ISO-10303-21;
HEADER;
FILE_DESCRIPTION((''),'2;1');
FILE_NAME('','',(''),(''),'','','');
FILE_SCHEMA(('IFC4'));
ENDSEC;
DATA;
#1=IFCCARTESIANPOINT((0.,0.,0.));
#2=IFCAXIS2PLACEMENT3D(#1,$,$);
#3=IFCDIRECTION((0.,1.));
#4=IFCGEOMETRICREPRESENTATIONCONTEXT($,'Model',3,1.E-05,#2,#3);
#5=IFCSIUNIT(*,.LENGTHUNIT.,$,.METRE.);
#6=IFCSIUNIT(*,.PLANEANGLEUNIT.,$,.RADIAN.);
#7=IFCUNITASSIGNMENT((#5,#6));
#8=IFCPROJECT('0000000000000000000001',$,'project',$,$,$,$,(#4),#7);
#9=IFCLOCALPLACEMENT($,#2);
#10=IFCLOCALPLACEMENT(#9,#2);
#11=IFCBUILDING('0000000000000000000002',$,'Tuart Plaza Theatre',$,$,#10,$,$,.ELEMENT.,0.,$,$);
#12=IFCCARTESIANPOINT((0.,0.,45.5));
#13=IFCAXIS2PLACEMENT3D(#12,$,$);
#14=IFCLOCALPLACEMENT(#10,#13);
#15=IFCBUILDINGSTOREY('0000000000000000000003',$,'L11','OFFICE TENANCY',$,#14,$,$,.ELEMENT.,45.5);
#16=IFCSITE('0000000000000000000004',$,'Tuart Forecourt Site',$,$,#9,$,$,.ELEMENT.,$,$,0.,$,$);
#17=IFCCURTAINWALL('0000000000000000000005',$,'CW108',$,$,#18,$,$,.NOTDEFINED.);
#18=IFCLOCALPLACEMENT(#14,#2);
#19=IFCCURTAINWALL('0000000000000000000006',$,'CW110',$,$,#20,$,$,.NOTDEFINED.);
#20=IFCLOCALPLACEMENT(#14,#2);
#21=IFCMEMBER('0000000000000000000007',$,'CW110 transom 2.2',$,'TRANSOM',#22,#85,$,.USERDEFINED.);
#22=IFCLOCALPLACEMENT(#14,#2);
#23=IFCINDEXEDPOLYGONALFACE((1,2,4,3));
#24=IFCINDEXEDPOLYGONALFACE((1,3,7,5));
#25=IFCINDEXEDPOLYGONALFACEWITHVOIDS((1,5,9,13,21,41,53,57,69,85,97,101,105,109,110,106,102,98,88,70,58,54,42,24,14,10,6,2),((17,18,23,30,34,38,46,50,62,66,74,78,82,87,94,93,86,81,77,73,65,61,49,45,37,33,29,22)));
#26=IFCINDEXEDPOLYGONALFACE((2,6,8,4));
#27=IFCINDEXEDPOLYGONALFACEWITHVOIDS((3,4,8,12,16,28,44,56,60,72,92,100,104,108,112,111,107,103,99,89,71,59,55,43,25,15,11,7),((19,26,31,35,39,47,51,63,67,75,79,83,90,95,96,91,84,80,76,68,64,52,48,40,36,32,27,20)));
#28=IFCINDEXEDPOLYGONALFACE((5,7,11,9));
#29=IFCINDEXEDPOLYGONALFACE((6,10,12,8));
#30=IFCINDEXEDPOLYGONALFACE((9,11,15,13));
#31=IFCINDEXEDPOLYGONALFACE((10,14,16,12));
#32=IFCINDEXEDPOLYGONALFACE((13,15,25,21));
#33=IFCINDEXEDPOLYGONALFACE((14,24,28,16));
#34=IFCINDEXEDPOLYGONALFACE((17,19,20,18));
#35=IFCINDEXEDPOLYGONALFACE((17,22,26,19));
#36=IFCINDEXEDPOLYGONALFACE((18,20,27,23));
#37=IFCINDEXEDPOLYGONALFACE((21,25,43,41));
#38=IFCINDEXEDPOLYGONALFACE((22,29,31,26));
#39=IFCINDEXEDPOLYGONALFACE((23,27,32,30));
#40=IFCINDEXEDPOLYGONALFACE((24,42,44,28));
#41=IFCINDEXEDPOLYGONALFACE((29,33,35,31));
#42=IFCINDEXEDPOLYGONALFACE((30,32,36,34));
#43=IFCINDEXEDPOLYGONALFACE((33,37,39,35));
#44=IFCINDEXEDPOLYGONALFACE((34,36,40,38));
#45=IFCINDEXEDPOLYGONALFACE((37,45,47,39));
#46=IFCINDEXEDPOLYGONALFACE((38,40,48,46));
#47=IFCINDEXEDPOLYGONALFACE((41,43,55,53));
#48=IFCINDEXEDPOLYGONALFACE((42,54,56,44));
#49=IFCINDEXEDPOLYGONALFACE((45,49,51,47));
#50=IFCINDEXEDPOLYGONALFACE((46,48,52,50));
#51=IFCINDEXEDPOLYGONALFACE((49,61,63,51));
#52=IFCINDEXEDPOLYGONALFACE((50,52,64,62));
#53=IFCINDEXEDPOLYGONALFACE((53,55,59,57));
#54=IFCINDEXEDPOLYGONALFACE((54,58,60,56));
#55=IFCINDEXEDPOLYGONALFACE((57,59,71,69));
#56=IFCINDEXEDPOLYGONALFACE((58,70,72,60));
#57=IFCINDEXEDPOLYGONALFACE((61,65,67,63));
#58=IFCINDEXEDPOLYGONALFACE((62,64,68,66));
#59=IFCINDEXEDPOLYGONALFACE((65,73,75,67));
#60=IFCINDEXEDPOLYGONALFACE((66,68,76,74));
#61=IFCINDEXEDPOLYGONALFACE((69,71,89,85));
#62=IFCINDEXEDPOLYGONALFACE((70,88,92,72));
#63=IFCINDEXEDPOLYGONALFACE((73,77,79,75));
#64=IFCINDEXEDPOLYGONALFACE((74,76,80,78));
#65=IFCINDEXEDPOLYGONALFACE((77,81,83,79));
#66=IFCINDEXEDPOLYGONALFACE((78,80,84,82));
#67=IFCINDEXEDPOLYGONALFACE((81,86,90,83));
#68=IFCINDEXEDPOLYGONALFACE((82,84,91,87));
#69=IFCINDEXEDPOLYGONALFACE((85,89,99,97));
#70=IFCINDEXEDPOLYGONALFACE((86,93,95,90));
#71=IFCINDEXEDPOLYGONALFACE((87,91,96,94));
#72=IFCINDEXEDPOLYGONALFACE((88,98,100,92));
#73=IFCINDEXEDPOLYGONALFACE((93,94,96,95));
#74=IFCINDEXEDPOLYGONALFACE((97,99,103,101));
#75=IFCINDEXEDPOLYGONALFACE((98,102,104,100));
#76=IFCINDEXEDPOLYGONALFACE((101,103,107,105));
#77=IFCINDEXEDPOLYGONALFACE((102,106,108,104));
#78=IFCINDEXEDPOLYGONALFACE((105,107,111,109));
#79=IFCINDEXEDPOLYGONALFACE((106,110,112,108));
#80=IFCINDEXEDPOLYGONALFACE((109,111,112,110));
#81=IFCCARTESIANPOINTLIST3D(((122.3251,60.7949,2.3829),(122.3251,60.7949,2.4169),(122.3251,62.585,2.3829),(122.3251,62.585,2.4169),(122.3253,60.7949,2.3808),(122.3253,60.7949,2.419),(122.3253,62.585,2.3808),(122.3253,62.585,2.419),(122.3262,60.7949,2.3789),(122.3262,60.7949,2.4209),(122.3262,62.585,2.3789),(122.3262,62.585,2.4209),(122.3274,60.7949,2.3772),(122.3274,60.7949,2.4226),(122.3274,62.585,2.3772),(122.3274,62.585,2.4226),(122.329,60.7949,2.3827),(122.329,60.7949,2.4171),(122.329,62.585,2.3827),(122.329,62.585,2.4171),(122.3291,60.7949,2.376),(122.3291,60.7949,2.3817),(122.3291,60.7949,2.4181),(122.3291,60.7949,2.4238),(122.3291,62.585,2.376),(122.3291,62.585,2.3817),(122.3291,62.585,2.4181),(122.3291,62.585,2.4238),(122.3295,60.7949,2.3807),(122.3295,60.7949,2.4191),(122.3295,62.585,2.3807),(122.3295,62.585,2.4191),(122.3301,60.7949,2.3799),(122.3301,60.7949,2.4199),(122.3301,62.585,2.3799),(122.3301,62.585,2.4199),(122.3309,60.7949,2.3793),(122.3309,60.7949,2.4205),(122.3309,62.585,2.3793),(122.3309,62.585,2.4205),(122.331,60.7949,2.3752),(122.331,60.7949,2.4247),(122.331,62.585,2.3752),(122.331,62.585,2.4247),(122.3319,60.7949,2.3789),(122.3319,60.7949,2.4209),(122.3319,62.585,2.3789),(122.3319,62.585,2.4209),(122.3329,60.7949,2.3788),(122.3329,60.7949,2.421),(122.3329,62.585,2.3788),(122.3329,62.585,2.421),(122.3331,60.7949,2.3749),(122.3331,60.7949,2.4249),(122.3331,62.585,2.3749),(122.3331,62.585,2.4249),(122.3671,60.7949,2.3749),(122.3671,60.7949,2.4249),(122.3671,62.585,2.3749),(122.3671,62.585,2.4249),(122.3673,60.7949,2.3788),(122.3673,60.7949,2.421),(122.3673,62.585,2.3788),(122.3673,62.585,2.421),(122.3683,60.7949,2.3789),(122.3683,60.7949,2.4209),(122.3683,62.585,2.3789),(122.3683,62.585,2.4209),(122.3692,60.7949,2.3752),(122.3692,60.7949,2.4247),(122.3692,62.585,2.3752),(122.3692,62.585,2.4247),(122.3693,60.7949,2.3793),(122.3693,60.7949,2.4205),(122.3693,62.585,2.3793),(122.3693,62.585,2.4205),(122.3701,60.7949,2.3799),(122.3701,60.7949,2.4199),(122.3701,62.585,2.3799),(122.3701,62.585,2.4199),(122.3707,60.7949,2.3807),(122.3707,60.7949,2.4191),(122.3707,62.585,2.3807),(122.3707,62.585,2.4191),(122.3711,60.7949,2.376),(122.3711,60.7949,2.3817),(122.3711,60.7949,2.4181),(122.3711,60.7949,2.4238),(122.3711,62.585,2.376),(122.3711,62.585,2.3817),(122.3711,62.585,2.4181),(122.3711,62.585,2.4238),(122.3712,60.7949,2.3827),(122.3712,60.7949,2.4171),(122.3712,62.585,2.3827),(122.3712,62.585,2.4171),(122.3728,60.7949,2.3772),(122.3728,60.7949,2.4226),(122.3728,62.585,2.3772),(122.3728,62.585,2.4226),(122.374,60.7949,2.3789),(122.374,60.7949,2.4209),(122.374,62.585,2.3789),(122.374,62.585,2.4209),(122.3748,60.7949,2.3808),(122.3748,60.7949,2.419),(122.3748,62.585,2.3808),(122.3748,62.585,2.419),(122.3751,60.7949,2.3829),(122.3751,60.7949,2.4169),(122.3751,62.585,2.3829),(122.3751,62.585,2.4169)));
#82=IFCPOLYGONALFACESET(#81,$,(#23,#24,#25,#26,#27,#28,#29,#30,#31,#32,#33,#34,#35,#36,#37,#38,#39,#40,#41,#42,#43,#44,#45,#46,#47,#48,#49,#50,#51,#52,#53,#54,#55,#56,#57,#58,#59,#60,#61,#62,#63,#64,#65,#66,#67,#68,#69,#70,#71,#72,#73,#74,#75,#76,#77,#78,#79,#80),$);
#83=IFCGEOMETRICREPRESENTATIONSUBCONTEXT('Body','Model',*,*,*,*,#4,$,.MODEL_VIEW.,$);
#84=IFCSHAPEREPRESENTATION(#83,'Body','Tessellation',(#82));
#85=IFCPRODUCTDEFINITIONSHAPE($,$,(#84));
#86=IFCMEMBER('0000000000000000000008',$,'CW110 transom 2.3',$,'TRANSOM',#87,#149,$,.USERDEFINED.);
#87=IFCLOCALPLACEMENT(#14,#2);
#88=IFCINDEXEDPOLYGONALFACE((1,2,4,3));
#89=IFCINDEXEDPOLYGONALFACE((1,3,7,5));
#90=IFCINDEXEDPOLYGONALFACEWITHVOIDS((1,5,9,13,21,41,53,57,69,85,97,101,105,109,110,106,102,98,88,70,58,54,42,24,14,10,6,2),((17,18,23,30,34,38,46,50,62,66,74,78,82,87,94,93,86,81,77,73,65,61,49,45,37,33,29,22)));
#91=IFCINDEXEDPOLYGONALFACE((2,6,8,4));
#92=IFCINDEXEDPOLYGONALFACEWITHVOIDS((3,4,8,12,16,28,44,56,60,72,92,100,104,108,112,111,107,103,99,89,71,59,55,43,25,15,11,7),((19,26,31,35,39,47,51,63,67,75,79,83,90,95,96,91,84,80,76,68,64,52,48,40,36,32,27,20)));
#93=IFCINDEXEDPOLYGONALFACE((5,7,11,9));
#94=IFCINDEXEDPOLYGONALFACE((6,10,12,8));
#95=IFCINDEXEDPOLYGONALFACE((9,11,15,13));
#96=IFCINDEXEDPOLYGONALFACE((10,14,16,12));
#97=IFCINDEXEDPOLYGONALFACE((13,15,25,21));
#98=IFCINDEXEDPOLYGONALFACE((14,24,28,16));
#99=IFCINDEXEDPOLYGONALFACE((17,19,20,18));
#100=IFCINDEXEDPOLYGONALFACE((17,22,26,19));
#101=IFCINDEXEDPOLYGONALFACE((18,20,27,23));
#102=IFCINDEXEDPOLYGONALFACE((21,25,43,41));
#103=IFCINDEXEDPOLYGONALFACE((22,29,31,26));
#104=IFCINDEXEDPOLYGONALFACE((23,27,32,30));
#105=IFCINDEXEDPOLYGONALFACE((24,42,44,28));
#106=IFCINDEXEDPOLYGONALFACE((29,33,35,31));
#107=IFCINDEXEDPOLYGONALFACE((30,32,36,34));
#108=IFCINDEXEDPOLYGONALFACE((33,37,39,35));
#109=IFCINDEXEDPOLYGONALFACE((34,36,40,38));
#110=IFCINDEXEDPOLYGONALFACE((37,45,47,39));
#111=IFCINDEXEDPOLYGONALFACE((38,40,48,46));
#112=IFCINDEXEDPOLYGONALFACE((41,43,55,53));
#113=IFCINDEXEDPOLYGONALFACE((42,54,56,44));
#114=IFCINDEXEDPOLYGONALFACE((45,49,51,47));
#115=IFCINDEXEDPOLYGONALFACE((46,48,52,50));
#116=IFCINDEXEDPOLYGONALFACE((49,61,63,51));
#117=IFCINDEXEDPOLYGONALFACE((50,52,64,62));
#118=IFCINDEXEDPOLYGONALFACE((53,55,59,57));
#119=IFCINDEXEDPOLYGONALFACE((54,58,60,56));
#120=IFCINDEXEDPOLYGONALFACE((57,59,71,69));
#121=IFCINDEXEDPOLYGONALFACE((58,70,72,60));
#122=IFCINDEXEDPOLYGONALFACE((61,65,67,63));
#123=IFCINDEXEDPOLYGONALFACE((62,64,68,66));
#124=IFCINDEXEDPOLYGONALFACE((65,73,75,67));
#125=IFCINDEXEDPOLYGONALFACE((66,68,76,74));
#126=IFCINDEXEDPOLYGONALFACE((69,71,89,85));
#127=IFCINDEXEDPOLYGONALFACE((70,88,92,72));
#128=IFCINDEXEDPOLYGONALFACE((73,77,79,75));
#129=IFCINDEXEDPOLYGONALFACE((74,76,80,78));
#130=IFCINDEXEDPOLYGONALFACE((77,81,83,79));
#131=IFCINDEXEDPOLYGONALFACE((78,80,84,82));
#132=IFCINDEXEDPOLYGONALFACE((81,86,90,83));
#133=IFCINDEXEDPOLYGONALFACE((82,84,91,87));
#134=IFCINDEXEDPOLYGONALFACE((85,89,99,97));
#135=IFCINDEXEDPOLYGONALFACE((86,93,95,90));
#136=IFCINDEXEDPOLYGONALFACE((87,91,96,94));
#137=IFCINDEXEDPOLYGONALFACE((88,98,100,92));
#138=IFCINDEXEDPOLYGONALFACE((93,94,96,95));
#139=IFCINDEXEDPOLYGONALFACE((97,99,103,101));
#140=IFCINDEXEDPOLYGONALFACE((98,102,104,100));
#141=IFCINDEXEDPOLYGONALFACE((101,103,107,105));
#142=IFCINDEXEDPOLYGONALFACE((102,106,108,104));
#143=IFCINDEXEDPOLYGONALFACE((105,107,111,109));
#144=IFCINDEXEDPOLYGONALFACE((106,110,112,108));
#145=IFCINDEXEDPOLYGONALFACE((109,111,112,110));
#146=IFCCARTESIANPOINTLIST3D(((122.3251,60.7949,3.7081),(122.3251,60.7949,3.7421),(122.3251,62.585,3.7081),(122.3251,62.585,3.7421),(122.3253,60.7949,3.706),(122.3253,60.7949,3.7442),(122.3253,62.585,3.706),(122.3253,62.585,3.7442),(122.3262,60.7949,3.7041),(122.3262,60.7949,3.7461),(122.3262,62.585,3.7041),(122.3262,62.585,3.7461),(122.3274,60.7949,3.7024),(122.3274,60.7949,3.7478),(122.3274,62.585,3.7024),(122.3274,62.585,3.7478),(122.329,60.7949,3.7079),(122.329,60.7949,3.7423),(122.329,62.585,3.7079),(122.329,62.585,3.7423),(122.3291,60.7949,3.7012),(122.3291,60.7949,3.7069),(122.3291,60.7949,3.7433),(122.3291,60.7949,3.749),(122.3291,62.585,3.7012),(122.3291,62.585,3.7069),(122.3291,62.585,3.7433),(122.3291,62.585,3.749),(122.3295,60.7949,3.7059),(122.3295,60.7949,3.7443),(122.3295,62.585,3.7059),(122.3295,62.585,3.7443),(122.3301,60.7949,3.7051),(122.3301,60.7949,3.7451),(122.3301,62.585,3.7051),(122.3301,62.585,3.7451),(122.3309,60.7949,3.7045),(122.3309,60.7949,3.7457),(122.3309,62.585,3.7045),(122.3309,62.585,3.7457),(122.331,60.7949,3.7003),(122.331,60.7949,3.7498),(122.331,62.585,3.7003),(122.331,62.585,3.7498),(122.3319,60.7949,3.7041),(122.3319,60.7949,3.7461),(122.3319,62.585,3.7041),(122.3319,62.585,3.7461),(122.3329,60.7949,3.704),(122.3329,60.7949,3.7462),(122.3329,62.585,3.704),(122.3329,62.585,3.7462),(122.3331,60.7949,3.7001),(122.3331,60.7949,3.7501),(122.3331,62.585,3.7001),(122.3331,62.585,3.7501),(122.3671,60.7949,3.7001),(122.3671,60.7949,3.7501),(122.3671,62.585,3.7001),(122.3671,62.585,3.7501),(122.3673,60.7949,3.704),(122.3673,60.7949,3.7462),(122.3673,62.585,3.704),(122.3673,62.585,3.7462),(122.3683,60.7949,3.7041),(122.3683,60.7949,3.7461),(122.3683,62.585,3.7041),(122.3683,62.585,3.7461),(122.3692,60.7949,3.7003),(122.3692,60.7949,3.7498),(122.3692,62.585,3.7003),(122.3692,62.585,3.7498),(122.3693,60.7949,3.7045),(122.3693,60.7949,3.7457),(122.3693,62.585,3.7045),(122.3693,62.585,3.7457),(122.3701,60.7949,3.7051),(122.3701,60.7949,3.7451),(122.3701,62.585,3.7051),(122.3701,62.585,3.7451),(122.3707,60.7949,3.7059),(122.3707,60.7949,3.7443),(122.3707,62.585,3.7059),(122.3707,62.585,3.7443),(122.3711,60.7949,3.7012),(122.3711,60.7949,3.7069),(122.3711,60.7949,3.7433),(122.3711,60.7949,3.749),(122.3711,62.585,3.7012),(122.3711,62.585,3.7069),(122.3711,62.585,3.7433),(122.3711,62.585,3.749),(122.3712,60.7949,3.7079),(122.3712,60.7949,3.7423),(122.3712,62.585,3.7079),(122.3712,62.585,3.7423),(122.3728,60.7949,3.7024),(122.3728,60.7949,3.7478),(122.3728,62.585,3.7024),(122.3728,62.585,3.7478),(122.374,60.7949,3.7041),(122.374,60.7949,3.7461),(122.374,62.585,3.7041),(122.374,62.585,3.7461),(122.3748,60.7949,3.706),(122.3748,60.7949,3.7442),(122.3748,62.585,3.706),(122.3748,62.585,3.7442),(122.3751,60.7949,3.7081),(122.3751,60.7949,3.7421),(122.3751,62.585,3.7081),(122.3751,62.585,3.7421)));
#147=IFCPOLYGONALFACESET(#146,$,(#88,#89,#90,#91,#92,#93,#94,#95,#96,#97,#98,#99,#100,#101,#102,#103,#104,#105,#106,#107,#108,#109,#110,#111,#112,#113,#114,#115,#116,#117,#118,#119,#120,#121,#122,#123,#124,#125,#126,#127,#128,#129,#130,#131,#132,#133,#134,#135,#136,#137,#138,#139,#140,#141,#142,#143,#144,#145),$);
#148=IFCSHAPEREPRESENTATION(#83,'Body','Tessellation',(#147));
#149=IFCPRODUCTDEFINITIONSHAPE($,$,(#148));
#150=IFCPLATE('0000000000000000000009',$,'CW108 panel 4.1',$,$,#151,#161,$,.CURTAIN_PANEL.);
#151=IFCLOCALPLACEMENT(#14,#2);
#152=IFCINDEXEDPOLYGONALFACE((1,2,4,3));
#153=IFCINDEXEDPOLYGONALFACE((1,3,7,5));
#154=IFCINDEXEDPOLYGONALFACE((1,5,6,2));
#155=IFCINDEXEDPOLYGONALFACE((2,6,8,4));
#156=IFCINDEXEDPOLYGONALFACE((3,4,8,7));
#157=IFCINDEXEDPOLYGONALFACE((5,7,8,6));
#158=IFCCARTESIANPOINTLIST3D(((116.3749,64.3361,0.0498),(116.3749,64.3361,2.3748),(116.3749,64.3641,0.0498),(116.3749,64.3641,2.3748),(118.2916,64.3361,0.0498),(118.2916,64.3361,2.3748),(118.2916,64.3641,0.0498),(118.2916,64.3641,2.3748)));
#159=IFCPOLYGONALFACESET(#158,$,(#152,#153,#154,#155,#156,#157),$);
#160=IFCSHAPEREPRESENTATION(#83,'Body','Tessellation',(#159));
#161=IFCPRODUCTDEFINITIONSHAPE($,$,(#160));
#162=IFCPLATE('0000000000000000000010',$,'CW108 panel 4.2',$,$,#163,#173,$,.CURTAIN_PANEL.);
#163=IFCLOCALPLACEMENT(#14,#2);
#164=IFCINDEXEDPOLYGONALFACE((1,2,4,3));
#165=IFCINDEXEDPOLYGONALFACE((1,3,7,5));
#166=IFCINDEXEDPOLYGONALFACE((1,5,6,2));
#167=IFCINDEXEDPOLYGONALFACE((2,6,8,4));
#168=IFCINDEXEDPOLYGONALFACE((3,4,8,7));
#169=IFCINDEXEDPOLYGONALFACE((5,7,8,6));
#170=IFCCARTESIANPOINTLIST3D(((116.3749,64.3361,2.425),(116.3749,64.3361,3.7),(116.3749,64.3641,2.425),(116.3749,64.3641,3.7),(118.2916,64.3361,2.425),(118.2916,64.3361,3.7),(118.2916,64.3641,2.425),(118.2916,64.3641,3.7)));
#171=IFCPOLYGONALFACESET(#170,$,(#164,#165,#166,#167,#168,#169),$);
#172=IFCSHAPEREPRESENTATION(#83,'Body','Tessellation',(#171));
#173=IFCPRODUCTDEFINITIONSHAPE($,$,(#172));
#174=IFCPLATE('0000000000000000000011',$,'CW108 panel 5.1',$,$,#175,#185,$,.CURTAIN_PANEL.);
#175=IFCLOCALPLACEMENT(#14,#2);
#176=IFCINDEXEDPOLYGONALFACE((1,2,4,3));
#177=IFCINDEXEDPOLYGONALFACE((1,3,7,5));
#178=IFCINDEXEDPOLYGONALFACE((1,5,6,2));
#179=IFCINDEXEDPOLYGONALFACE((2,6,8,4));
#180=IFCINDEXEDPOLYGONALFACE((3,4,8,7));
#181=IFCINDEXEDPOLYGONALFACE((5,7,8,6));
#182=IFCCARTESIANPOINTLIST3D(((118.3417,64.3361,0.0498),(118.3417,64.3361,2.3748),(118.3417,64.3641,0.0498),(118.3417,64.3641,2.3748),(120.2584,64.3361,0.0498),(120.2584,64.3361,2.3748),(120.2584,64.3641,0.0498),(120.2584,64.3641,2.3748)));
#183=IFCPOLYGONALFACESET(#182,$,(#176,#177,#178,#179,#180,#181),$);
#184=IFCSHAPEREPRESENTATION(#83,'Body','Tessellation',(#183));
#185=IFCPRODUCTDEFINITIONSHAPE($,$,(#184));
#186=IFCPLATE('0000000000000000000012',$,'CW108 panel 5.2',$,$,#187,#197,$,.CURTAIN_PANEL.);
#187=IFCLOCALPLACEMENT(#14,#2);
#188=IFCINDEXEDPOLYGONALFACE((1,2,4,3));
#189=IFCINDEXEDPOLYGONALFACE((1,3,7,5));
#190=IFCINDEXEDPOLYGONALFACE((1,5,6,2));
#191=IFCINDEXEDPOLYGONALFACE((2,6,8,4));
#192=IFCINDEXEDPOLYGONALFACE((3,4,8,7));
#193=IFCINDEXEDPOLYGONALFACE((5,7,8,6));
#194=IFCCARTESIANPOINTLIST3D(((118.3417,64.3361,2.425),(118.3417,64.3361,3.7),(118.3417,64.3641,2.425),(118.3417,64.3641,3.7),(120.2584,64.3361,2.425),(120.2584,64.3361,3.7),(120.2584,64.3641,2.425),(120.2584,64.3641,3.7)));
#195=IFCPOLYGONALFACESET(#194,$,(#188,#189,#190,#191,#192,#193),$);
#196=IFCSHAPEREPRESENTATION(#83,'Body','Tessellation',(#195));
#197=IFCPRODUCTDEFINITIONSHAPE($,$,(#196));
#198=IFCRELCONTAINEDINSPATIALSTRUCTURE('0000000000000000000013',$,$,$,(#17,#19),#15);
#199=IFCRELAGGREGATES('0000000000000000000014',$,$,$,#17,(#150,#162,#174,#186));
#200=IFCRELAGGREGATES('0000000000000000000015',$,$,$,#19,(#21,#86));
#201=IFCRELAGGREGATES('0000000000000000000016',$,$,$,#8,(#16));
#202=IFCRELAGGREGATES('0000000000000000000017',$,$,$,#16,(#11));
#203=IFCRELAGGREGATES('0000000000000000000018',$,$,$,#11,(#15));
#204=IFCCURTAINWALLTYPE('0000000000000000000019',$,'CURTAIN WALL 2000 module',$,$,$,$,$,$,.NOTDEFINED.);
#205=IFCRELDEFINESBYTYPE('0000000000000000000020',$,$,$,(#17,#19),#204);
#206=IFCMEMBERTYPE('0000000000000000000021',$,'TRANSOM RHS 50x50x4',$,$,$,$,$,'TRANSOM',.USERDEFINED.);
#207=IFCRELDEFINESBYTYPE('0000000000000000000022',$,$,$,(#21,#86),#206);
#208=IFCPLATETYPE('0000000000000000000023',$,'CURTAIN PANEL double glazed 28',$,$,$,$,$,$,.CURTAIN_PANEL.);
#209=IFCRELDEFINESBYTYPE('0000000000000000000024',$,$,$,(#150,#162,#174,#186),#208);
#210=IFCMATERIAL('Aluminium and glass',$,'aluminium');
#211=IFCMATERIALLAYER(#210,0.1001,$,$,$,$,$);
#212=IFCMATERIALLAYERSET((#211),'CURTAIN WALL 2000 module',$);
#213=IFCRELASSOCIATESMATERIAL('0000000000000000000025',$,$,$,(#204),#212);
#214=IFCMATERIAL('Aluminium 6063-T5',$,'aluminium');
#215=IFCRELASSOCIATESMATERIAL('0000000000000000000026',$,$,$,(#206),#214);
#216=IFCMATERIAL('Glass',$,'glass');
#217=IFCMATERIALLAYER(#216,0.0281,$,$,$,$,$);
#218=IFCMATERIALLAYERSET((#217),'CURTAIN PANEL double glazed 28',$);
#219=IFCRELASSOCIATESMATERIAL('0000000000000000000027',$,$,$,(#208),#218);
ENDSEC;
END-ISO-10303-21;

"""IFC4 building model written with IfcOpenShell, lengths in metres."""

from ifc_helpers import new_model, si_unit, direction, frame, origin, origin_2d, place, context, subcontext, project, spatial, rectangle, hollow_rectangle, extrude, material, layer, layer_set, material_profile, profile_set, type_object, element, aggregate, save


model = new_model("IFC4")

# Units and contexts
model_context = context("Model", 3, precision=1e-05, world=origin(), true_north=direction((0.0, 1.0)))
body_context = subcontext(model_context, "Body", "Model", "MODEL_VIEW")
ifc_project = project(units=[si_unit("LENGTHUNIT", "METRE"), si_unit("PLANEANGLEUNIT", "RADIAN")], contexts=[model_context])

# Site, building, storey
site_placement = place(None, origin())
site = spatial("IfcSite", under=ifc_project, at=site_placement, Name="Tuart Forecourt Site", CompositionType="ELEMENT", RefElevation=0.0)
building_placement = place(site_placement, origin())
building = spatial("IfcBuilding", under=site, at=building_placement, Name="Tuart Plaza Theatre", CompositionType="ELEMENT", ElevationOfRefHeight=0.0)
storey_placement = place(building_placement, frame((0.0, 0.0, 45.5)))
storey = spatial("IfcBuildingStorey", under=building, at=storey_placement, Name="L11", Description="OFFICE TENANCY", CompositionType="ELEMENT", Elevation=45.5)

# Curtain walls, members
ifc_material_1 = material(Name="Aluminium and glass", Category="aluminium")
ifc_layer_1 = layer(ifc_material_1, 0.1001)
ifc_layer_set_1 = layer_set([ifc_layer_1], Name="CURTAIN WALL 2000 module")
curtain_wall_type = type_object("IfcCurtainWallType", Name="CURTAIN WALL 2000 module", PredefinedType="NOTDEFINED", material=ifc_layer_set_1)
curtain_wall_1_placement = place(storey_placement, origin())
curtain_wall_1 = element("IfcCurtainWall", 1, at=curtain_wall_1_placement, inside=storey, type_object=curtain_wall_type, Name="CW108", PredefinedType="NOTDEFINED")
ifc_material_2 = material(Name="Aluminium 6063-T5", Category="aluminium")
ifc_material_profile_1 = material_profile(ifc_material_2, hollow_rectangle(XDim=0.05, YDim=0.05, WallThickness=0.0039, InnerFilletRadius=0.0039, OuterFilletRadius=0.0081, at=origin_2d()), Name="RHS 50x50x4")
ifc_profile_set_1 = profile_set([ifc_material_profile_1], Name="Aluminium 6063-T5")
member_type_1 = type_object("IfcMemberType", Name="TRANSOM RHS 50x50x4", ElementType="TRANSOM", PredefinedType="USERDEFINED", material=ifc_profile_set_1)
curtain_wall_2_placement = place(storey_placement, origin())
curtain_wall_2 = element("IfcCurtainWall", 2, at=curtain_wall_2_placement, inside=storey, type_object=curtain_wall_type, Name="CW110", PredefinedType="NOTDEFINED")
member_1_placement = place(storey_placement, frame((122.3501, 62.585, 2.3999), z_axis=(0.0, -1.0, 0.0), x_axis=(1.0, 0.0, 0.0)))
member_1 = element("IfcMember", 3, at=member_1_placement, type_object=member_type_1, Name="CW110 transom 2.2", ObjectType="TRANSOM", PredefinedType="USERDEFINED", context=body_context, shape_type="SweptSolid", body=[
    extrude(hollow_rectangle(XDim=0.05, YDim=0.05, WallThickness=0.0039, InnerFilletRadius=0.0039, OuterFilletRadius=0.0081, at=origin_2d()), origin(), (0.0, 0.0, 1.0), 1.79),
])
member_2_placement = place(storey_placement, frame((122.3501, 62.585, 3.7251), z_axis=(0.0, -1.0, 0.0), x_axis=(1.0, 0.0, 0.0)))
member_2 = element("IfcMember", 4, at=member_2_placement, type_object=member_type_1, Name="CW110 transom 2.3", ObjectType="TRANSOM", PredefinedType="USERDEFINED", context=body_context, shape_type="SweptSolid", body=[
    extrude(hollow_rectangle(XDim=0.05, YDim=0.05, WallThickness=0.0039, InnerFilletRadius=0.0039, OuterFilletRadius=0.0081, at=origin_2d()), origin(), (0.0, 0.0, 1.0), 1.79),
])

# Plates
ifc_material_3 = material(Name="Glass", Category="glass")
ifc_layer_2 = layer(ifc_material_3, 0.0281)
ifc_layer_set_2 = layer_set([ifc_layer_2], Name="CURTAIN PANEL double glazed 28")
plate_type = type_object("IfcPlateType", Name="CURTAIN PANEL double glazed 28", PredefinedType="CURTAIN_PANEL", material=ifc_layer_set_2)
plate_1_placement = place(storey_placement, frame((117.3333, 64.3501, 0.0498), z_axis=(0.0, 0.0, 1.0), x_axis=(1.0, 0.0, 0.0)))
plate_1 = element("IfcPlate", 5, at=plate_1_placement, type_object=plate_type, Name="CW108 panel 4.1", PredefinedType="CURTAIN_PANEL", context=body_context, shape_type="SweptSolid", body=[
    extrude(rectangle(XDim=1.9167, YDim=0.0281, at=origin_2d()), origin(), (0.0, 0.0, 1.0), 2.325),
])
plate_2_placement = place(storey_placement, frame((117.3333, 64.3501, 2.425), z_axis=(0.0, 0.0, 1.0), x_axis=(1.0, 0.0, 0.0)))
plate_2 = element("IfcPlate", 6, at=plate_2_placement, type_object=plate_type, Name="CW108 panel 4.2", PredefinedType="CURTAIN_PANEL", context=body_context, shape_type="SweptSolid", body=[
    extrude(rectangle(XDim=1.9167, YDim=0.0281, at=origin_2d()), origin(), (0.0, 0.0, 1.0), 1.2749),
])
plate_3_placement = place(storey_placement, frame((119.3, 64.3501, 0.0498), z_axis=(0.0, 0.0, 1.0), x_axis=(1.0, 0.0, 0.0)))
plate_3 = element("IfcPlate", 7, at=plate_3_placement, type_object=plate_type, Name="CW108 panel 5.1", PredefinedType="CURTAIN_PANEL", context=body_context, shape_type="SweptSolid", body=[
    extrude(rectangle(XDim=1.9167, YDim=0.0281, at=origin_2d()), origin(), (0.0, 0.0, 1.0), 2.325),
])
plate_4_placement = place(storey_placement, frame((119.3, 64.3501, 2.425), z_axis=(0.0, 0.0, 1.0), x_axis=(1.0, 0.0, 0.0)))
plate_4 = element("IfcPlate", 8, at=plate_4_placement, type_object=plate_type, Name="CW108 panel 5.2", PredefinedType="CURTAIN_PANEL", context=body_context, shape_type="SweptSolid", body=[
    extrude(rectangle(XDim=1.9167, YDim=0.0281, at=origin_2d()), origin(), (0.0, 0.0, 1.0), 1.2749),
])
aggregate(curtain_wall_1, [plate_1, plate_2, plate_3, plate_4])
aggregate(curtain_wall_2, [member_1, member_2])

save(model, "model.ifc")
